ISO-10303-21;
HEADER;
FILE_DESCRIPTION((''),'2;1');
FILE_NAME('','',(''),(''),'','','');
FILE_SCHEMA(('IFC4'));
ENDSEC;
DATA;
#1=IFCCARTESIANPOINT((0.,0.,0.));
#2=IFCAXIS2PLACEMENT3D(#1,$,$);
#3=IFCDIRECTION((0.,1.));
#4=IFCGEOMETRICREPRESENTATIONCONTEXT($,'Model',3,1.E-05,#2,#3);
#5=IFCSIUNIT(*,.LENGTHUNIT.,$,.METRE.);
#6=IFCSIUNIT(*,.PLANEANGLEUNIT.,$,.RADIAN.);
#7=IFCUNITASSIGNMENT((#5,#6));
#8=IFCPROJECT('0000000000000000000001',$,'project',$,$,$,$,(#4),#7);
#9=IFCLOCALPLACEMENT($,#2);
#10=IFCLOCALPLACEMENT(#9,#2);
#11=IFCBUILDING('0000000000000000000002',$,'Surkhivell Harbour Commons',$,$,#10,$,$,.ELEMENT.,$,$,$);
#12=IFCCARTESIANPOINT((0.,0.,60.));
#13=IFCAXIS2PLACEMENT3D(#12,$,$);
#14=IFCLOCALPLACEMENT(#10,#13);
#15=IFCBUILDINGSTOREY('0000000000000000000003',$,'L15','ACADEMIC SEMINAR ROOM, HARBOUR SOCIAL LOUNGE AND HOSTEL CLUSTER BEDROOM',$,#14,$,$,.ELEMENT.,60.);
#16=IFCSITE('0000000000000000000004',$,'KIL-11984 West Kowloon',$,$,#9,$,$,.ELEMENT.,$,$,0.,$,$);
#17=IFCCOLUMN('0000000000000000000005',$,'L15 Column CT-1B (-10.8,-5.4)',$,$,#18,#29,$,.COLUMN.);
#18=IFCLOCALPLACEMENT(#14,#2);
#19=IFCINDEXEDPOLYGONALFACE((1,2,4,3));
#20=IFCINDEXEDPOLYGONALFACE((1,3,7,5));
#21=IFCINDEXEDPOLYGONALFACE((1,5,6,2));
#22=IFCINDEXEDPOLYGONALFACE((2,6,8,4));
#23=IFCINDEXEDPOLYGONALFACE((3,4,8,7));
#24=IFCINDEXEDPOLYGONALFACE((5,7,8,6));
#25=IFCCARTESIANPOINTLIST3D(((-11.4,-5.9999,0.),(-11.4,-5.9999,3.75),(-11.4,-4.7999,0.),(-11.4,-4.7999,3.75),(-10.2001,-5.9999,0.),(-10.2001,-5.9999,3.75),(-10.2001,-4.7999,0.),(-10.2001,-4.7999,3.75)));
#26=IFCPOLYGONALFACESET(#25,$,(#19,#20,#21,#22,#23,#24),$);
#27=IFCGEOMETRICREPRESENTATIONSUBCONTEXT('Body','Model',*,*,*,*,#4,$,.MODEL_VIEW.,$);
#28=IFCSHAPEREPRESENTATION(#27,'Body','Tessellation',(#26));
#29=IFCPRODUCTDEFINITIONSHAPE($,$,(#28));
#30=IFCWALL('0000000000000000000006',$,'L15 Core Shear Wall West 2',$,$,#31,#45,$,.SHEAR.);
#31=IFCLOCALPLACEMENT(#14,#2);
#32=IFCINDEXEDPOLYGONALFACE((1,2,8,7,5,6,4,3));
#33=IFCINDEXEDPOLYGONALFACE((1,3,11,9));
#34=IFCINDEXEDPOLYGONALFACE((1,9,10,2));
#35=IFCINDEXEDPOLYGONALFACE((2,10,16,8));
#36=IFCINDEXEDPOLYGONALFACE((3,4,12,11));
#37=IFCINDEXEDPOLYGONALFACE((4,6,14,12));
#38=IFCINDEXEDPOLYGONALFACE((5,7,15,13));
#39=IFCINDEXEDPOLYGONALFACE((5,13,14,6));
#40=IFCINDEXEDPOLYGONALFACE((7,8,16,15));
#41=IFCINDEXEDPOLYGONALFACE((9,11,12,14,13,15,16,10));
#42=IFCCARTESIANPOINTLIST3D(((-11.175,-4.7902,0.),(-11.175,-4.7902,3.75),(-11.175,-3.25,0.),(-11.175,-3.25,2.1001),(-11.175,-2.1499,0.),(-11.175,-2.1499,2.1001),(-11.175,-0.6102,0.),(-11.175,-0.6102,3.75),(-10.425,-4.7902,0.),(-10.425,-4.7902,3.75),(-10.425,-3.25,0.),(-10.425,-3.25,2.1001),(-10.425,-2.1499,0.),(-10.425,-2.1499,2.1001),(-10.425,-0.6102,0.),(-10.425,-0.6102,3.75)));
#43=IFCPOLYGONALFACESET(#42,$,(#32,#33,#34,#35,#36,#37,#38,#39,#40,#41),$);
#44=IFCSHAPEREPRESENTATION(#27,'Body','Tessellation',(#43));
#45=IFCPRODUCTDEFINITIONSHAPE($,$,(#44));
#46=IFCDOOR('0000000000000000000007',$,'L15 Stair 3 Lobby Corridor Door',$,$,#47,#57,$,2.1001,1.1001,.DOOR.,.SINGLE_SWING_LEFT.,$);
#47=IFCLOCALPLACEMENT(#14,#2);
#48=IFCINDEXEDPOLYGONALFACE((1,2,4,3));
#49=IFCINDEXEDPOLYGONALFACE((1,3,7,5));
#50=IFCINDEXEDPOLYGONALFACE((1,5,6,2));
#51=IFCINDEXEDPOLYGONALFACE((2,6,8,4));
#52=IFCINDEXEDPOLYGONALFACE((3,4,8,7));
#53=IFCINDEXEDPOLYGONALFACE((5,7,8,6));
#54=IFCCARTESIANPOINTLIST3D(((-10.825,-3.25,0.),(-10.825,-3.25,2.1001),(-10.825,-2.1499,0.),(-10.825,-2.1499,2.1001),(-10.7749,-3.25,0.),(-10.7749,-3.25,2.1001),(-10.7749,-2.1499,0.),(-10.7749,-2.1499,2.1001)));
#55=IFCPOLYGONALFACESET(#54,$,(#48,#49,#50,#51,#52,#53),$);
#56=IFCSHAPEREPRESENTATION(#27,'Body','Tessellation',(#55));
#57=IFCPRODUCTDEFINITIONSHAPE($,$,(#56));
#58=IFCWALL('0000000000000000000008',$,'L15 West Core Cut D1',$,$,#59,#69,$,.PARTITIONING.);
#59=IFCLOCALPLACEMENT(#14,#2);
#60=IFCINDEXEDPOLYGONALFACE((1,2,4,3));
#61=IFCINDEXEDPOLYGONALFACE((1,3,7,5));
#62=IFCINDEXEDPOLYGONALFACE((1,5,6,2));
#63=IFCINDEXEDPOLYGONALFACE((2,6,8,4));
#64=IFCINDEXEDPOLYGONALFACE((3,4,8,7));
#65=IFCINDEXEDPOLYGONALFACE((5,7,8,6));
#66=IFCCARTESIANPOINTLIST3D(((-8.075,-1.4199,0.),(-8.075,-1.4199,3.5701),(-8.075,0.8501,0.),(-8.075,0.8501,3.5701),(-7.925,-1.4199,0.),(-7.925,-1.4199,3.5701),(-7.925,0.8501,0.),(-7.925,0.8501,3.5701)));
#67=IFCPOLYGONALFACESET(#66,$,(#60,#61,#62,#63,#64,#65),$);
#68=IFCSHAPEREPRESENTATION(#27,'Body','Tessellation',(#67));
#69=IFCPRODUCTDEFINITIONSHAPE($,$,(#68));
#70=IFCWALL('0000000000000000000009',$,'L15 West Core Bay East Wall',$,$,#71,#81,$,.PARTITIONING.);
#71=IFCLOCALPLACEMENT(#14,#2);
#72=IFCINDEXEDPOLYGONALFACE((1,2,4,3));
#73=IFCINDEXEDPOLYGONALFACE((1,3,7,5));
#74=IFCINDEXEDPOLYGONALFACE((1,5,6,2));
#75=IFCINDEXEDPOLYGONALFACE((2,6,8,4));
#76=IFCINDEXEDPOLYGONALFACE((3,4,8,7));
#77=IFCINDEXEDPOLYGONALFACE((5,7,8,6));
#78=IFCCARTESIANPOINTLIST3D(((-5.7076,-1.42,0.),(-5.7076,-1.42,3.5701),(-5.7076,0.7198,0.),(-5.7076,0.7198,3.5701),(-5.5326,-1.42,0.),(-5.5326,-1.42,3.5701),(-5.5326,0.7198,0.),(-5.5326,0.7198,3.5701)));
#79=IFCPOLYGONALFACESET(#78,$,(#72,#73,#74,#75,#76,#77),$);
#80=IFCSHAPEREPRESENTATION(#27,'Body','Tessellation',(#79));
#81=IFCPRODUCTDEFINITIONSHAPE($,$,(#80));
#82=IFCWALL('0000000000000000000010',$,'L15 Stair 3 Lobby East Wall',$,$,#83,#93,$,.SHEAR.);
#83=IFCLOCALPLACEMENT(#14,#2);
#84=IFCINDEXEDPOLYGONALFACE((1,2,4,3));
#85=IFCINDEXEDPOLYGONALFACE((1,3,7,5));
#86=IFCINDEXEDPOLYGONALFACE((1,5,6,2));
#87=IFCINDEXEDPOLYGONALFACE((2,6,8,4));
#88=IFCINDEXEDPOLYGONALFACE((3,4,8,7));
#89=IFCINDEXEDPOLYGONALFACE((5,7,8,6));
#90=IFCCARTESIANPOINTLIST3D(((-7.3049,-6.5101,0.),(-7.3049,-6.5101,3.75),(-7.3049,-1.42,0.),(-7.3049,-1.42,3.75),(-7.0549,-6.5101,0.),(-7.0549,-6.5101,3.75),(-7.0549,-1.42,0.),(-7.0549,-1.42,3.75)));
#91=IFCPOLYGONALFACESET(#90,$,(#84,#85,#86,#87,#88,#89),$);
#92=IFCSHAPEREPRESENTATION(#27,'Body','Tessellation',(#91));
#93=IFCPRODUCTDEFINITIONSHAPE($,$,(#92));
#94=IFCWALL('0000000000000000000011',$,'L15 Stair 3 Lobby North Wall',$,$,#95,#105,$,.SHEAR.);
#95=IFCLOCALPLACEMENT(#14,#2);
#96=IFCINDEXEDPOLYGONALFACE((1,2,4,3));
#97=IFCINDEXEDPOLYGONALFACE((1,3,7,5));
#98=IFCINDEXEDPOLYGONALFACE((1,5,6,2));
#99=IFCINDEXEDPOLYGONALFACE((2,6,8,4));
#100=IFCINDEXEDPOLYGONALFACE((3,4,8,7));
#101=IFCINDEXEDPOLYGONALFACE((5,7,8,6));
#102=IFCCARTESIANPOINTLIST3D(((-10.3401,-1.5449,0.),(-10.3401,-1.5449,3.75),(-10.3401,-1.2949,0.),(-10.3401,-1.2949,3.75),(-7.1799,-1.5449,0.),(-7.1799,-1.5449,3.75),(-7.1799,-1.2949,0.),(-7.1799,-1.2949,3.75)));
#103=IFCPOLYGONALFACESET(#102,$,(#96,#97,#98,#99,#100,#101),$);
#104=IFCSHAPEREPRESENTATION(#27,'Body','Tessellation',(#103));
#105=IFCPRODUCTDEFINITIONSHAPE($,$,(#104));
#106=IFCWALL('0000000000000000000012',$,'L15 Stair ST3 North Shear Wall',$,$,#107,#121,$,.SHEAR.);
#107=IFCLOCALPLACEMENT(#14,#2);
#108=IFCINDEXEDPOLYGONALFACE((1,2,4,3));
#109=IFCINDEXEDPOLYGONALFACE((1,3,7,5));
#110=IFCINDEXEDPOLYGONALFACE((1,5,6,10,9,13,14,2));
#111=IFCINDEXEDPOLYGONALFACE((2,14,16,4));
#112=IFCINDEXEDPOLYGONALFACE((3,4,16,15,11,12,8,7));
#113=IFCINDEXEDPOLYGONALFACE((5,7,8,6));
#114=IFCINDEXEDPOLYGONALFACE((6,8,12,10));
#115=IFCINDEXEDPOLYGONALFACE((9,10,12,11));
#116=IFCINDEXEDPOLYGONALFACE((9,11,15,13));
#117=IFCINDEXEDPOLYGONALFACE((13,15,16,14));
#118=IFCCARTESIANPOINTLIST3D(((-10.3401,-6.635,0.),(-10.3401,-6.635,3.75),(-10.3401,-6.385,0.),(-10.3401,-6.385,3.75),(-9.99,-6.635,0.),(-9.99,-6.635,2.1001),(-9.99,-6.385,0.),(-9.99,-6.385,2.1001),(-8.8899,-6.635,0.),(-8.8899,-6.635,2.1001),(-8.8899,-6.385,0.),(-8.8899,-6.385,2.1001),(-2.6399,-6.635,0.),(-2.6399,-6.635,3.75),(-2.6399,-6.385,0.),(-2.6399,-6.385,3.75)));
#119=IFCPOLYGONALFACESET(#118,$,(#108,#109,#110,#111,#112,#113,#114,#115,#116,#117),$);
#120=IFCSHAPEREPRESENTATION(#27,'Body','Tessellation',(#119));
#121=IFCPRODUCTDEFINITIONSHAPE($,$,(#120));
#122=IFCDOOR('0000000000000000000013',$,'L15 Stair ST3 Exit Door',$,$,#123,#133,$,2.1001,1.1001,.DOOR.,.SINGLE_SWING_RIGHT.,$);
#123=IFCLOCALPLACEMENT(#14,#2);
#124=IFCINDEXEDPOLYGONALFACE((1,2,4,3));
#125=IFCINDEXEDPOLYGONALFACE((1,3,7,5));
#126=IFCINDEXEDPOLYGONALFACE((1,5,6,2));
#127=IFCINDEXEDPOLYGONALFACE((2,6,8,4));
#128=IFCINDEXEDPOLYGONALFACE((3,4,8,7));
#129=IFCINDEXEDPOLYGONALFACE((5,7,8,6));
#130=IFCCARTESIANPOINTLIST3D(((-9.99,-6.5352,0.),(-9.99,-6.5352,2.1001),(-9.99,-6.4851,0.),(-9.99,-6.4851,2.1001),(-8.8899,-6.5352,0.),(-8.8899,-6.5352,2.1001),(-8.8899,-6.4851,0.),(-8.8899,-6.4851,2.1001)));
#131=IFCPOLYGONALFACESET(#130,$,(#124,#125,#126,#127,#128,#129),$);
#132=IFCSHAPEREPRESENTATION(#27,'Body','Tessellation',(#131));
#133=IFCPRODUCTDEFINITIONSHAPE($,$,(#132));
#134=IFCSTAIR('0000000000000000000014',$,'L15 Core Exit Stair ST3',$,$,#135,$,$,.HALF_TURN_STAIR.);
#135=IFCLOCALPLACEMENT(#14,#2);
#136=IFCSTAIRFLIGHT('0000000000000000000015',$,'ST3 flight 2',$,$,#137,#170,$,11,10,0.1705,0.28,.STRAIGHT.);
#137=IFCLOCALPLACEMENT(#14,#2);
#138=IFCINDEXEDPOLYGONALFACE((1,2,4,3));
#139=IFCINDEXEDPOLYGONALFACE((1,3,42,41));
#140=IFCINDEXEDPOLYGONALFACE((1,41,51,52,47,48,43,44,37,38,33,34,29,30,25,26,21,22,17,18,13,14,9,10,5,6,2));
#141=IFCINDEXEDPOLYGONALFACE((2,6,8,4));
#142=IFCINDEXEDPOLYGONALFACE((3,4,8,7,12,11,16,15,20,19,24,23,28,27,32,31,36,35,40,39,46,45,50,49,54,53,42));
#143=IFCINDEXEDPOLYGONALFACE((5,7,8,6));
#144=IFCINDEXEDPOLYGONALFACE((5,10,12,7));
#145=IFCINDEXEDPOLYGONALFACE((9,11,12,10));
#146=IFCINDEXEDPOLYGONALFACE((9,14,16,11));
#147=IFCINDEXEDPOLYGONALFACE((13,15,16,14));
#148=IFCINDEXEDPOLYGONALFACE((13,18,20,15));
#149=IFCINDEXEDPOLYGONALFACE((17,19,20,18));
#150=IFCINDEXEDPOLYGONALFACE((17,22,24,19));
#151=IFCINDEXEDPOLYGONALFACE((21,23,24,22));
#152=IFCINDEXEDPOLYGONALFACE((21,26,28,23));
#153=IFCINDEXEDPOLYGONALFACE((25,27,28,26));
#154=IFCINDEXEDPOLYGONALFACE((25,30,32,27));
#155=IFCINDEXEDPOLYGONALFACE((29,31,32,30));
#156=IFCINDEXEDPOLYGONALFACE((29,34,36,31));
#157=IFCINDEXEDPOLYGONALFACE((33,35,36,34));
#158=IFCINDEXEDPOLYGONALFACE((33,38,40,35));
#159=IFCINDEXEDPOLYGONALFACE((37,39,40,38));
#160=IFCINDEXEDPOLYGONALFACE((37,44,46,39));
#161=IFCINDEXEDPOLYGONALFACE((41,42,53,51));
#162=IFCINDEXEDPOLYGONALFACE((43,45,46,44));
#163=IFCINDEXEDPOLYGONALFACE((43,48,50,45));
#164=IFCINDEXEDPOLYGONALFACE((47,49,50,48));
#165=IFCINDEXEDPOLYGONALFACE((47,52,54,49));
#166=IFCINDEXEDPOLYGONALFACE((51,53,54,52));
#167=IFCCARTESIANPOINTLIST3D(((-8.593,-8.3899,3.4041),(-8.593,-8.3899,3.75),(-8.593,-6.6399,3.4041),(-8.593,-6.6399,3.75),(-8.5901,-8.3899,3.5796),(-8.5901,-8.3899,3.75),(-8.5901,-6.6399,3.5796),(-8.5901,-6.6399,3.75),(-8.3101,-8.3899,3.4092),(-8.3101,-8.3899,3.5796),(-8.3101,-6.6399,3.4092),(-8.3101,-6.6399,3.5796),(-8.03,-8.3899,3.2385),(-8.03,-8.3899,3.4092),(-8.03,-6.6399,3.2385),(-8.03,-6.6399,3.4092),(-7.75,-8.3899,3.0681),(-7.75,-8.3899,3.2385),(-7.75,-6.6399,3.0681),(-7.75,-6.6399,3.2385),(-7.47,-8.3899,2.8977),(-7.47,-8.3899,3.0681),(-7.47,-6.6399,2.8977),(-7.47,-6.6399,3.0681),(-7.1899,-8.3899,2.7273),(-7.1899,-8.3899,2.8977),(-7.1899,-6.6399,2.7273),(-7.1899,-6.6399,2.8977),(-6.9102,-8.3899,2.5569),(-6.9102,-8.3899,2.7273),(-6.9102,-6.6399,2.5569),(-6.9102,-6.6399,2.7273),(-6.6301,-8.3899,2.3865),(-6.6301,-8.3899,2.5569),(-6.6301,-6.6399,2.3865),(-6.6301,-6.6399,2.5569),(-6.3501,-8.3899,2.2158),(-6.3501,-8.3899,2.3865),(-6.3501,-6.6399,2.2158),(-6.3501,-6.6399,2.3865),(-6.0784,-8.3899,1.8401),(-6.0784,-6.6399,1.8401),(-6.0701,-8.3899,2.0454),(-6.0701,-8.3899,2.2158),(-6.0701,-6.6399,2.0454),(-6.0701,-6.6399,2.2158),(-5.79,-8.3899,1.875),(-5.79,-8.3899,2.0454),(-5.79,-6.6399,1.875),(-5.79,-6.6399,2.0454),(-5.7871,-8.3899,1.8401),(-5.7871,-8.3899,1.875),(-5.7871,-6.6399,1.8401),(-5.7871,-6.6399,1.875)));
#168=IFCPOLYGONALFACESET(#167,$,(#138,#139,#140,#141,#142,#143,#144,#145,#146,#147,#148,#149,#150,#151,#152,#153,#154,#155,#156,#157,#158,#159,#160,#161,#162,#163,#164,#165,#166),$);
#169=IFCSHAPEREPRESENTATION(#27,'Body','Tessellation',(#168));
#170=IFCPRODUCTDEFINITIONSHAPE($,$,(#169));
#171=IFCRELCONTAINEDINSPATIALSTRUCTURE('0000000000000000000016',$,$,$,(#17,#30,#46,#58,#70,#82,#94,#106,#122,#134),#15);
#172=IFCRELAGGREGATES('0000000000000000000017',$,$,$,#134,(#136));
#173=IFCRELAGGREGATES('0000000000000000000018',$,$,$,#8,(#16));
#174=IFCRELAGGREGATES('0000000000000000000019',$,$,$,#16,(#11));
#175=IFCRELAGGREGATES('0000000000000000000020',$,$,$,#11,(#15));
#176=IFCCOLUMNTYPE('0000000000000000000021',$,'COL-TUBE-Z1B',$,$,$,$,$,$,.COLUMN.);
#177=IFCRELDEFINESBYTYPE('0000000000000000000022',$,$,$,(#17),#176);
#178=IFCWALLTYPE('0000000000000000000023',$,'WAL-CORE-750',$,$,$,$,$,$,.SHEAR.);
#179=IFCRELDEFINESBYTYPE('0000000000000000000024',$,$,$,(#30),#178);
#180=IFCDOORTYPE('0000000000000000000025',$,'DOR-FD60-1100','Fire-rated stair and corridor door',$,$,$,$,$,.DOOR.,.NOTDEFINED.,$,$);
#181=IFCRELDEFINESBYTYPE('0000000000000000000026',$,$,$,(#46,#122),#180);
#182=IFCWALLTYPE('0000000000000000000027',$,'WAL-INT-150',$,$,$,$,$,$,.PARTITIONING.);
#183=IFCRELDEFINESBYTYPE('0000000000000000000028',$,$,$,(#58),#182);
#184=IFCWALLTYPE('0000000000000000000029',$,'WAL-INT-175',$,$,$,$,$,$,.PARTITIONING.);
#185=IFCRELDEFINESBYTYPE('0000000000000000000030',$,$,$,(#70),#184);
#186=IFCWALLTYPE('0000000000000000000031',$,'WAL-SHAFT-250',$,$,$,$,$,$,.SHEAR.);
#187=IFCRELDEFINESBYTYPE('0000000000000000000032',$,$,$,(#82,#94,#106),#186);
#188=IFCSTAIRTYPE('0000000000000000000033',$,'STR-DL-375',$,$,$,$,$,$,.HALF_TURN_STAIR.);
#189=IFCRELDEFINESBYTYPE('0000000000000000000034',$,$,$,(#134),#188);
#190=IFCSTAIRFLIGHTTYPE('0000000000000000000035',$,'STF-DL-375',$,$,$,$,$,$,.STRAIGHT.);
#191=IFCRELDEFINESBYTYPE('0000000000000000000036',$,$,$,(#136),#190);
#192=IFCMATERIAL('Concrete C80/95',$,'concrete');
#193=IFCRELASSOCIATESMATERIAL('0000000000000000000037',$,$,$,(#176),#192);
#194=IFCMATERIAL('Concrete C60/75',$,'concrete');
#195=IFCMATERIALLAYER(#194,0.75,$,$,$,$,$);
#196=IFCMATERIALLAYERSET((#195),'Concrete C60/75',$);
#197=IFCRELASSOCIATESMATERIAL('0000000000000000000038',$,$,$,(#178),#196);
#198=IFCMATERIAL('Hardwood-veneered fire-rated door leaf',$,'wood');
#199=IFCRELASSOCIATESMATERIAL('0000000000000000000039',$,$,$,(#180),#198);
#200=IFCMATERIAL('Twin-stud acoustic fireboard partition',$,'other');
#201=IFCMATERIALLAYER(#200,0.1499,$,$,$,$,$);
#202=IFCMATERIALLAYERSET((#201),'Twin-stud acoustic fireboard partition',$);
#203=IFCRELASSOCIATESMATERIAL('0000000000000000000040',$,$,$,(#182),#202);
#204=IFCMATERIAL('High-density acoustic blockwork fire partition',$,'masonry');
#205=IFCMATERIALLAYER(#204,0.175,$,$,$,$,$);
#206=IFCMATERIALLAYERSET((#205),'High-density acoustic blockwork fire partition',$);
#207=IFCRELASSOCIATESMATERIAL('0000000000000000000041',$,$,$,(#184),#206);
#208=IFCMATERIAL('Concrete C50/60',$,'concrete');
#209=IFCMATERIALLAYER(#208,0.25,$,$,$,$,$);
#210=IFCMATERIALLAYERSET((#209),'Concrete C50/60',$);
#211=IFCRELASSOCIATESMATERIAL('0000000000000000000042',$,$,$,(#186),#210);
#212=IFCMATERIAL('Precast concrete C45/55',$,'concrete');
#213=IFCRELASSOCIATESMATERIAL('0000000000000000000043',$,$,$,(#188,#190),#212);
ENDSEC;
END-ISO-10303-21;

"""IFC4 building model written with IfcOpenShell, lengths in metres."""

from ifc_helpers import new_model, si_unit, direction, frame, frame_2d, origin, origin_2d, place, context, subcontext, project, spatial, polyline, rectangle, outline, extrude, material, layer, layer_set, material_profile, profile_set, type_object, element, fill, aggregate, save


model = new_model("IFC4")

# Units and contexts
model_context = context("Model", 3, precision=1e-05, world=origin(), true_north=direction((0.0, 1.0)))
body_context = subcontext(model_context, "Body", "Model", "MODEL_VIEW")
ifc_project = project(units=[si_unit("LENGTHUNIT", "METRE"), si_unit("PLANEANGLEUNIT", "RADIAN")], contexts=[model_context])

# Site, building, storey
site_placement = place(None, origin())
site = spatial("IfcSite", under=ifc_project, at=site_placement, Name="KIL-11984 West Kowloon", CompositionType="ELEMENT", RefElevation=0.0)
building_placement = place(site_placement, origin())
building = spatial("IfcBuilding", under=site, at=building_placement, Name="Surkhivell Harbour Commons", CompositionType="ELEMENT")
storey_placement = place(building_placement, frame((0.0, 0.0, 60.0)))
storey = spatial("IfcBuildingStorey", under=building, at=storey_placement, Name="L15", Description="ACADEMIC SEMINAR ROOM, HARBOUR SOCIAL LOUNGE AND HOSTEL CLUSTER BEDROOM", CompositionType="ELEMENT", Elevation=60.0)

# Column
ifc_material_1 = material(Name="Concrete C80/95", Category="concrete")
ifc_material_profile = material_profile(ifc_material_1, rectangle(XDim=1.2, YDim=1.2, at=origin_2d()), Name="RC-COL-1200x1200")
ifc_profile_set = profile_set([ifc_material_profile], Name="Concrete C80/95")
column_type = type_object("IfcColumnType", Name="COL-TUBE-Z1B", PredefinedType="COLUMN", material=ifc_profile_set)
column_placement = place(storey_placement, frame((-10.8, -5.3999, 0.0), z_axis=(0.0, 0.0, 1.0), x_axis=(1.0, 0.0, 0.0)))
element("IfcColumn", 1, at=column_placement, inside=storey, type_object=column_type, Name="L15 Column CT-1B (-10.8,-5.4)", PredefinedType="COLUMN", context=body_context, shape_type="SweptSolid", body=[
    extrude(rectangle(XDim=1.2, YDim=1.2, at=origin_2d()), origin(), (0.0, 0.0, 1.0), 3.75),
])

# Wall, opening, door
ifc_material_2 = material(Name="Concrete C60/75", Category="concrete")
ifc_layer_1 = layer(ifc_material_2, 0.75)
ifc_layer_set_1 = layer_set([ifc_layer_1], Name="Concrete C60/75")
wall_type_1 = type_object("IfcWallType", Name="WAL-CORE-750", PredefinedType="SHEAR", material=ifc_layer_set_1)
wall_1_placement = place(storey_placement, frame((-10.8, -4.79, 0.0), z_axis=(0.0, 0.0, 1.0), x_axis=(0.0, 1.0, 0.0)))
wall_1 = element("IfcWall", 2, at=wall_1_placement, inside=storey, type_object=wall_type_1, Name="L15 Core Shear Wall West 2", PredefinedType="SHEAR", context=body_context, shape_type="SweptSolid", body=[
    extrude(rectangle(XDim=4.1799, YDim=0.75, at=frame_2d((2.0898, 0.0))), origin(), (0.0, 0.0, 1.0), 3.75),
])
opening_1_placement = place(wall_1_placement, frame((1.54, 0.0, 0.0)))
opening_1 = element("IfcOpeningElement", 3, at=opening_1_placement, cuts=wall_1, PredefinedType="OPENING", context=body_context, shape_type="SweptSolid", body=[
    extrude(rectangle(XDim=1.1001, YDim=2.1001, at=frame_2d((0.55, 1.05))), frame((0.0, 0.385, 0.0), z_axis=(0.0, -1.0, 0.0), x_axis=(1.0, 0.0, 0.0)), (0.0, 0.0, 1.0), 0.77),
])
ifc_material_3 = material(Name="Hardwood-veneered fire-rated door leaf", Category="wood")
door_type = type_object("IfcDoorType", Name="DOR-FD60-1100", Description="Fire-rated stair and corridor door", OperationType="NOTDEFINED", PredefinedType="DOOR", material=ifc_material_3)
door_1_placement = place(opening_1_placement, origin())
door_1 = element("IfcDoor", 4, at=door_1_placement, inside=storey, type_object=door_type, Name="L15 Stair 3 Lobby Corridor Door", OperationType="SINGLE_SWING_LEFT", OverallHeight=2.1001, OverallWidth=1.1001, PredefinedType="DOOR", context=body_context, shape_type="SweptSolid", body=[
    extrude(rectangle(XDim=1.1001, YDim=2.1001, at=frame_2d((0.55, 1.05))), frame((0.0, 0.0249, 0.0), z_axis=(0.0, -1.0, 0.0), x_axis=(1.0, 0.0, 0.0)), (0.0, 0.0, 1.0), 0.05),
])
fill(opening_1, door_1)

# Walls
ifc_material_4 = material(Name="Twin-stud acoustic fireboard partition", Category="other")
ifc_layer_2 = layer(ifc_material_4, 0.1499)
ifc_layer_set_2 = layer_set([ifc_layer_2], Name="Twin-stud acoustic fireboard partition")
wall_type_2 = type_object("IfcWallType", Name="WAL-INT-150", PredefinedType="PARTITIONING", material=ifc_layer_set_2)
wall_2_placement = place(storey_placement, frame((-8.0, -1.4199, 0.0), z_axis=(0.0, 0.0, 1.0), x_axis=(0.0, 1.0, 0.0)))
element("IfcWall", 5, at=wall_2_placement, inside=storey, type_object=wall_type_2, Name="L15 West Core Cut D1", PredefinedType="PARTITIONING", context=body_context, shape_type="SweptSolid", body=[
    extrude(rectangle(XDim=2.27, YDim=0.1499, at=frame_2d((1.135, 0.0))), origin(), (0.0, 0.0, 1.0), 3.5701),
])
ifc_material_5 = material(Name="High-density acoustic blockwork fire partition", Category="masonry")
ifc_layer_3 = layer(ifc_material_5, 0.175)
ifc_layer_set_3 = layer_set([ifc_layer_3], Name="High-density acoustic blockwork fire partition")
wall_type_3 = type_object("IfcWallType", Name="WAL-INT-175", PredefinedType="PARTITIONING", material=ifc_layer_set_3)
wall_3_placement = place(storey_placement, frame((-5.6201, -1.4199, 0.0), z_axis=(0.0, 0.0, 1.0), x_axis=(0.0, 1.0, 0.0)))
element("IfcWall", 6, at=wall_3_placement, inside=storey, type_object=wall_type_3, Name="L15 West Core Bay East Wall", PredefinedType="PARTITIONING", context=body_context, shape_type="SweptSolid", body=[
    extrude(rectangle(XDim=2.1399, YDim=0.175, at=frame_2d((1.0698, 0.0))), origin(), (0.0, 0.0, 1.0), 3.5701),
])
ifc_material_6 = material(Name="Concrete C50/60", Category="concrete")
ifc_layer_4 = layer(ifc_material_6, 0.25)
ifc_layer_set_4 = layer_set([ifc_layer_4], Name="Concrete C50/60")
wall_type_4 = type_object("IfcWallType", Name="WAL-SHAFT-250", PredefinedType="SHEAR", material=ifc_layer_set_4)
wall_4_placement = place(storey_placement, frame((-7.1799, -6.51, 0.0), z_axis=(0.0, 0.0, 1.0), x_axis=(0.0, 1.0, 0.0)))
element("IfcWall", 7, at=wall_4_placement, inside=storey, type_object=wall_type_4, Name="L15 Stair 3 Lobby East Wall", PredefinedType="SHEAR", context=body_context, shape_type="SweptSolid", body=[
    extrude(rectangle(XDim=5.0901, YDim=0.25, at=frame_2d((2.5449, 0.0))), origin(), (0.0, 0.0, 1.0), 3.75),
])
wall_5_placement = place(storey_placement, frame((-10.3401, -1.4199, 0.0), z_axis=(0.0, 0.0, 1.0), x_axis=(1.0, 0.0, 0.0)))
element("IfcWall", 8, at=wall_5_placement, inside=storey, type_object=wall_type_4, Name="L15 Stair 3 Lobby North Wall", PredefinedType="SHEAR", context=body_context, shape_type="SweptSolid", body=[
    extrude(rectangle(XDim=3.1602, YDim=0.25, at=frame_2d((1.5801, 0.0))), origin(), (0.0, 0.0, 1.0), 3.75),
])

# Wall, opening, door
wall_6_placement = place(storey_placement, frame((-10.3401, -6.51, 0.0), z_axis=(0.0, 0.0, 1.0), x_axis=(1.0, 0.0, 0.0)))
wall_6 = element("IfcWall", 9, at=wall_6_placement, inside=storey, type_object=wall_type_4, Name="L15 Stair ST3 North Shear Wall", PredefinedType="SHEAR", context=body_context, shape_type="SweptSolid", body=[
    extrude(rectangle(XDim=7.7002, YDim=0.25, at=frame_2d((3.8501, 0.0))), origin(), (0.0, 0.0, 1.0), 3.75),
])
opening_2_placement = place(wall_6_placement, frame((0.3501, 0.0, 0.0)))
opening_2 = element("IfcOpeningElement", 10, at=opening_2_placement, cuts=wall_6, PredefinedType="OPENING", context=body_context, shape_type="SweptSolid", body=[
    extrude(rectangle(XDim=1.1001, YDim=2.1001, at=frame_2d((0.55, 1.05))), frame((0.0, 0.135, 0.0), z_axis=(0.0, -1.0, 0.0), x_axis=(1.0, 0.0, 0.0)), (0.0, 0.0, 1.0), 0.27),
])
door_2_placement = place(opening_2_placement, origin())
door_2 = element("IfcDoor", 11, at=door_2_placement, inside=storey, type_object=door_type, Name="L15 Stair ST3 Exit Door", OperationType="SINGLE_SWING_RIGHT", OverallHeight=2.1001, OverallWidth=1.1001, PredefinedType="DOOR", context=body_context, shape_type="SweptSolid", body=[
    extrude(rectangle(XDim=1.1001, YDim=2.1001, at=frame_2d((0.55, 1.05))), frame((0.0, 0.0249, 0.0), z_axis=(0.0, -1.0, 0.0), x_axis=(1.0, 0.0, 0.0)), (0.0, 0.0, 1.0), 0.05),
])
fill(opening_2, door_2)

# Stair, stair flight
ifc_material_7 = material(Name="Precast concrete C45/55", Category="concrete")
stair_type = type_object("IfcStairType", Name="STR-DL-375", PredefinedType="HALF_TURN_STAIR", material=ifc_material_7)
stair_placement = place(storey_placement, origin())
stair = element("IfcStair", 12, at=stair_placement, inside=storey, type_object=stair_type, Name="L15 Core Exit Stair ST3", PredefinedType="HALF_TURN_STAIR")
stair_flight_type = type_object("IfcStairFlightType", Name="STF-DL-375", PredefinedType="STRAIGHT", material=ifc_material_7)
stair_flight_placement = place(storey_placement, frame((-5.79, -7.5149, 1.875), z_axis=(0.0, 0.0, 1.0), x_axis=(-1.0, 0.0, 0.0)))
stair_flight = element("IfcStairFlight", 13, at=stair_flight_placement, type_object=stair_flight_type, Name="ST3 flight 2", NumberOfRisers=11, NumberOfTreads=10, PredefinedType="STRAIGHT", RiserHeight=0.1705, TreadLength=0.28, context=body_context, shape_type="SweptSolid", body=[
    extrude(outline(polyline([(-0.0029, -0.0349), (-0.0029, 0.0), (0.0, 0.0), (0.0, 0.1704), (0.28, 0.1704), (0.28, 0.3408), (0.5601, 0.3408), (0.5601, 0.5115), (0.8401, 0.5115), (0.8401, 0.6819), (1.1201, 0.6819), (1.1201, 0.8523), (1.3999, 0.8523), (1.3999, 1.0227), (1.6799, 1.0227), (1.6799, 1.1931), (1.96, 1.1931), (1.96, 1.3635), (2.24, 1.3635), (2.24, 1.5342), (2.52, 1.5342), (2.52, 1.7046), (2.8, 1.7046), (2.8, 1.875), (2.803, 1.875), (2.803, 1.5291), (0.2883, -0.0349), (-0.0029, -0.0349)])), frame((0.0, 0.875, 0.0), z_axis=(0.0, -1.0, 0.0), x_axis=(1.0, 0.0, 0.0)), (0.0, 0.0, 1.0), 1.75),
])
aggregate(stair, [stair_flight])

save(model, "model.ifc")
